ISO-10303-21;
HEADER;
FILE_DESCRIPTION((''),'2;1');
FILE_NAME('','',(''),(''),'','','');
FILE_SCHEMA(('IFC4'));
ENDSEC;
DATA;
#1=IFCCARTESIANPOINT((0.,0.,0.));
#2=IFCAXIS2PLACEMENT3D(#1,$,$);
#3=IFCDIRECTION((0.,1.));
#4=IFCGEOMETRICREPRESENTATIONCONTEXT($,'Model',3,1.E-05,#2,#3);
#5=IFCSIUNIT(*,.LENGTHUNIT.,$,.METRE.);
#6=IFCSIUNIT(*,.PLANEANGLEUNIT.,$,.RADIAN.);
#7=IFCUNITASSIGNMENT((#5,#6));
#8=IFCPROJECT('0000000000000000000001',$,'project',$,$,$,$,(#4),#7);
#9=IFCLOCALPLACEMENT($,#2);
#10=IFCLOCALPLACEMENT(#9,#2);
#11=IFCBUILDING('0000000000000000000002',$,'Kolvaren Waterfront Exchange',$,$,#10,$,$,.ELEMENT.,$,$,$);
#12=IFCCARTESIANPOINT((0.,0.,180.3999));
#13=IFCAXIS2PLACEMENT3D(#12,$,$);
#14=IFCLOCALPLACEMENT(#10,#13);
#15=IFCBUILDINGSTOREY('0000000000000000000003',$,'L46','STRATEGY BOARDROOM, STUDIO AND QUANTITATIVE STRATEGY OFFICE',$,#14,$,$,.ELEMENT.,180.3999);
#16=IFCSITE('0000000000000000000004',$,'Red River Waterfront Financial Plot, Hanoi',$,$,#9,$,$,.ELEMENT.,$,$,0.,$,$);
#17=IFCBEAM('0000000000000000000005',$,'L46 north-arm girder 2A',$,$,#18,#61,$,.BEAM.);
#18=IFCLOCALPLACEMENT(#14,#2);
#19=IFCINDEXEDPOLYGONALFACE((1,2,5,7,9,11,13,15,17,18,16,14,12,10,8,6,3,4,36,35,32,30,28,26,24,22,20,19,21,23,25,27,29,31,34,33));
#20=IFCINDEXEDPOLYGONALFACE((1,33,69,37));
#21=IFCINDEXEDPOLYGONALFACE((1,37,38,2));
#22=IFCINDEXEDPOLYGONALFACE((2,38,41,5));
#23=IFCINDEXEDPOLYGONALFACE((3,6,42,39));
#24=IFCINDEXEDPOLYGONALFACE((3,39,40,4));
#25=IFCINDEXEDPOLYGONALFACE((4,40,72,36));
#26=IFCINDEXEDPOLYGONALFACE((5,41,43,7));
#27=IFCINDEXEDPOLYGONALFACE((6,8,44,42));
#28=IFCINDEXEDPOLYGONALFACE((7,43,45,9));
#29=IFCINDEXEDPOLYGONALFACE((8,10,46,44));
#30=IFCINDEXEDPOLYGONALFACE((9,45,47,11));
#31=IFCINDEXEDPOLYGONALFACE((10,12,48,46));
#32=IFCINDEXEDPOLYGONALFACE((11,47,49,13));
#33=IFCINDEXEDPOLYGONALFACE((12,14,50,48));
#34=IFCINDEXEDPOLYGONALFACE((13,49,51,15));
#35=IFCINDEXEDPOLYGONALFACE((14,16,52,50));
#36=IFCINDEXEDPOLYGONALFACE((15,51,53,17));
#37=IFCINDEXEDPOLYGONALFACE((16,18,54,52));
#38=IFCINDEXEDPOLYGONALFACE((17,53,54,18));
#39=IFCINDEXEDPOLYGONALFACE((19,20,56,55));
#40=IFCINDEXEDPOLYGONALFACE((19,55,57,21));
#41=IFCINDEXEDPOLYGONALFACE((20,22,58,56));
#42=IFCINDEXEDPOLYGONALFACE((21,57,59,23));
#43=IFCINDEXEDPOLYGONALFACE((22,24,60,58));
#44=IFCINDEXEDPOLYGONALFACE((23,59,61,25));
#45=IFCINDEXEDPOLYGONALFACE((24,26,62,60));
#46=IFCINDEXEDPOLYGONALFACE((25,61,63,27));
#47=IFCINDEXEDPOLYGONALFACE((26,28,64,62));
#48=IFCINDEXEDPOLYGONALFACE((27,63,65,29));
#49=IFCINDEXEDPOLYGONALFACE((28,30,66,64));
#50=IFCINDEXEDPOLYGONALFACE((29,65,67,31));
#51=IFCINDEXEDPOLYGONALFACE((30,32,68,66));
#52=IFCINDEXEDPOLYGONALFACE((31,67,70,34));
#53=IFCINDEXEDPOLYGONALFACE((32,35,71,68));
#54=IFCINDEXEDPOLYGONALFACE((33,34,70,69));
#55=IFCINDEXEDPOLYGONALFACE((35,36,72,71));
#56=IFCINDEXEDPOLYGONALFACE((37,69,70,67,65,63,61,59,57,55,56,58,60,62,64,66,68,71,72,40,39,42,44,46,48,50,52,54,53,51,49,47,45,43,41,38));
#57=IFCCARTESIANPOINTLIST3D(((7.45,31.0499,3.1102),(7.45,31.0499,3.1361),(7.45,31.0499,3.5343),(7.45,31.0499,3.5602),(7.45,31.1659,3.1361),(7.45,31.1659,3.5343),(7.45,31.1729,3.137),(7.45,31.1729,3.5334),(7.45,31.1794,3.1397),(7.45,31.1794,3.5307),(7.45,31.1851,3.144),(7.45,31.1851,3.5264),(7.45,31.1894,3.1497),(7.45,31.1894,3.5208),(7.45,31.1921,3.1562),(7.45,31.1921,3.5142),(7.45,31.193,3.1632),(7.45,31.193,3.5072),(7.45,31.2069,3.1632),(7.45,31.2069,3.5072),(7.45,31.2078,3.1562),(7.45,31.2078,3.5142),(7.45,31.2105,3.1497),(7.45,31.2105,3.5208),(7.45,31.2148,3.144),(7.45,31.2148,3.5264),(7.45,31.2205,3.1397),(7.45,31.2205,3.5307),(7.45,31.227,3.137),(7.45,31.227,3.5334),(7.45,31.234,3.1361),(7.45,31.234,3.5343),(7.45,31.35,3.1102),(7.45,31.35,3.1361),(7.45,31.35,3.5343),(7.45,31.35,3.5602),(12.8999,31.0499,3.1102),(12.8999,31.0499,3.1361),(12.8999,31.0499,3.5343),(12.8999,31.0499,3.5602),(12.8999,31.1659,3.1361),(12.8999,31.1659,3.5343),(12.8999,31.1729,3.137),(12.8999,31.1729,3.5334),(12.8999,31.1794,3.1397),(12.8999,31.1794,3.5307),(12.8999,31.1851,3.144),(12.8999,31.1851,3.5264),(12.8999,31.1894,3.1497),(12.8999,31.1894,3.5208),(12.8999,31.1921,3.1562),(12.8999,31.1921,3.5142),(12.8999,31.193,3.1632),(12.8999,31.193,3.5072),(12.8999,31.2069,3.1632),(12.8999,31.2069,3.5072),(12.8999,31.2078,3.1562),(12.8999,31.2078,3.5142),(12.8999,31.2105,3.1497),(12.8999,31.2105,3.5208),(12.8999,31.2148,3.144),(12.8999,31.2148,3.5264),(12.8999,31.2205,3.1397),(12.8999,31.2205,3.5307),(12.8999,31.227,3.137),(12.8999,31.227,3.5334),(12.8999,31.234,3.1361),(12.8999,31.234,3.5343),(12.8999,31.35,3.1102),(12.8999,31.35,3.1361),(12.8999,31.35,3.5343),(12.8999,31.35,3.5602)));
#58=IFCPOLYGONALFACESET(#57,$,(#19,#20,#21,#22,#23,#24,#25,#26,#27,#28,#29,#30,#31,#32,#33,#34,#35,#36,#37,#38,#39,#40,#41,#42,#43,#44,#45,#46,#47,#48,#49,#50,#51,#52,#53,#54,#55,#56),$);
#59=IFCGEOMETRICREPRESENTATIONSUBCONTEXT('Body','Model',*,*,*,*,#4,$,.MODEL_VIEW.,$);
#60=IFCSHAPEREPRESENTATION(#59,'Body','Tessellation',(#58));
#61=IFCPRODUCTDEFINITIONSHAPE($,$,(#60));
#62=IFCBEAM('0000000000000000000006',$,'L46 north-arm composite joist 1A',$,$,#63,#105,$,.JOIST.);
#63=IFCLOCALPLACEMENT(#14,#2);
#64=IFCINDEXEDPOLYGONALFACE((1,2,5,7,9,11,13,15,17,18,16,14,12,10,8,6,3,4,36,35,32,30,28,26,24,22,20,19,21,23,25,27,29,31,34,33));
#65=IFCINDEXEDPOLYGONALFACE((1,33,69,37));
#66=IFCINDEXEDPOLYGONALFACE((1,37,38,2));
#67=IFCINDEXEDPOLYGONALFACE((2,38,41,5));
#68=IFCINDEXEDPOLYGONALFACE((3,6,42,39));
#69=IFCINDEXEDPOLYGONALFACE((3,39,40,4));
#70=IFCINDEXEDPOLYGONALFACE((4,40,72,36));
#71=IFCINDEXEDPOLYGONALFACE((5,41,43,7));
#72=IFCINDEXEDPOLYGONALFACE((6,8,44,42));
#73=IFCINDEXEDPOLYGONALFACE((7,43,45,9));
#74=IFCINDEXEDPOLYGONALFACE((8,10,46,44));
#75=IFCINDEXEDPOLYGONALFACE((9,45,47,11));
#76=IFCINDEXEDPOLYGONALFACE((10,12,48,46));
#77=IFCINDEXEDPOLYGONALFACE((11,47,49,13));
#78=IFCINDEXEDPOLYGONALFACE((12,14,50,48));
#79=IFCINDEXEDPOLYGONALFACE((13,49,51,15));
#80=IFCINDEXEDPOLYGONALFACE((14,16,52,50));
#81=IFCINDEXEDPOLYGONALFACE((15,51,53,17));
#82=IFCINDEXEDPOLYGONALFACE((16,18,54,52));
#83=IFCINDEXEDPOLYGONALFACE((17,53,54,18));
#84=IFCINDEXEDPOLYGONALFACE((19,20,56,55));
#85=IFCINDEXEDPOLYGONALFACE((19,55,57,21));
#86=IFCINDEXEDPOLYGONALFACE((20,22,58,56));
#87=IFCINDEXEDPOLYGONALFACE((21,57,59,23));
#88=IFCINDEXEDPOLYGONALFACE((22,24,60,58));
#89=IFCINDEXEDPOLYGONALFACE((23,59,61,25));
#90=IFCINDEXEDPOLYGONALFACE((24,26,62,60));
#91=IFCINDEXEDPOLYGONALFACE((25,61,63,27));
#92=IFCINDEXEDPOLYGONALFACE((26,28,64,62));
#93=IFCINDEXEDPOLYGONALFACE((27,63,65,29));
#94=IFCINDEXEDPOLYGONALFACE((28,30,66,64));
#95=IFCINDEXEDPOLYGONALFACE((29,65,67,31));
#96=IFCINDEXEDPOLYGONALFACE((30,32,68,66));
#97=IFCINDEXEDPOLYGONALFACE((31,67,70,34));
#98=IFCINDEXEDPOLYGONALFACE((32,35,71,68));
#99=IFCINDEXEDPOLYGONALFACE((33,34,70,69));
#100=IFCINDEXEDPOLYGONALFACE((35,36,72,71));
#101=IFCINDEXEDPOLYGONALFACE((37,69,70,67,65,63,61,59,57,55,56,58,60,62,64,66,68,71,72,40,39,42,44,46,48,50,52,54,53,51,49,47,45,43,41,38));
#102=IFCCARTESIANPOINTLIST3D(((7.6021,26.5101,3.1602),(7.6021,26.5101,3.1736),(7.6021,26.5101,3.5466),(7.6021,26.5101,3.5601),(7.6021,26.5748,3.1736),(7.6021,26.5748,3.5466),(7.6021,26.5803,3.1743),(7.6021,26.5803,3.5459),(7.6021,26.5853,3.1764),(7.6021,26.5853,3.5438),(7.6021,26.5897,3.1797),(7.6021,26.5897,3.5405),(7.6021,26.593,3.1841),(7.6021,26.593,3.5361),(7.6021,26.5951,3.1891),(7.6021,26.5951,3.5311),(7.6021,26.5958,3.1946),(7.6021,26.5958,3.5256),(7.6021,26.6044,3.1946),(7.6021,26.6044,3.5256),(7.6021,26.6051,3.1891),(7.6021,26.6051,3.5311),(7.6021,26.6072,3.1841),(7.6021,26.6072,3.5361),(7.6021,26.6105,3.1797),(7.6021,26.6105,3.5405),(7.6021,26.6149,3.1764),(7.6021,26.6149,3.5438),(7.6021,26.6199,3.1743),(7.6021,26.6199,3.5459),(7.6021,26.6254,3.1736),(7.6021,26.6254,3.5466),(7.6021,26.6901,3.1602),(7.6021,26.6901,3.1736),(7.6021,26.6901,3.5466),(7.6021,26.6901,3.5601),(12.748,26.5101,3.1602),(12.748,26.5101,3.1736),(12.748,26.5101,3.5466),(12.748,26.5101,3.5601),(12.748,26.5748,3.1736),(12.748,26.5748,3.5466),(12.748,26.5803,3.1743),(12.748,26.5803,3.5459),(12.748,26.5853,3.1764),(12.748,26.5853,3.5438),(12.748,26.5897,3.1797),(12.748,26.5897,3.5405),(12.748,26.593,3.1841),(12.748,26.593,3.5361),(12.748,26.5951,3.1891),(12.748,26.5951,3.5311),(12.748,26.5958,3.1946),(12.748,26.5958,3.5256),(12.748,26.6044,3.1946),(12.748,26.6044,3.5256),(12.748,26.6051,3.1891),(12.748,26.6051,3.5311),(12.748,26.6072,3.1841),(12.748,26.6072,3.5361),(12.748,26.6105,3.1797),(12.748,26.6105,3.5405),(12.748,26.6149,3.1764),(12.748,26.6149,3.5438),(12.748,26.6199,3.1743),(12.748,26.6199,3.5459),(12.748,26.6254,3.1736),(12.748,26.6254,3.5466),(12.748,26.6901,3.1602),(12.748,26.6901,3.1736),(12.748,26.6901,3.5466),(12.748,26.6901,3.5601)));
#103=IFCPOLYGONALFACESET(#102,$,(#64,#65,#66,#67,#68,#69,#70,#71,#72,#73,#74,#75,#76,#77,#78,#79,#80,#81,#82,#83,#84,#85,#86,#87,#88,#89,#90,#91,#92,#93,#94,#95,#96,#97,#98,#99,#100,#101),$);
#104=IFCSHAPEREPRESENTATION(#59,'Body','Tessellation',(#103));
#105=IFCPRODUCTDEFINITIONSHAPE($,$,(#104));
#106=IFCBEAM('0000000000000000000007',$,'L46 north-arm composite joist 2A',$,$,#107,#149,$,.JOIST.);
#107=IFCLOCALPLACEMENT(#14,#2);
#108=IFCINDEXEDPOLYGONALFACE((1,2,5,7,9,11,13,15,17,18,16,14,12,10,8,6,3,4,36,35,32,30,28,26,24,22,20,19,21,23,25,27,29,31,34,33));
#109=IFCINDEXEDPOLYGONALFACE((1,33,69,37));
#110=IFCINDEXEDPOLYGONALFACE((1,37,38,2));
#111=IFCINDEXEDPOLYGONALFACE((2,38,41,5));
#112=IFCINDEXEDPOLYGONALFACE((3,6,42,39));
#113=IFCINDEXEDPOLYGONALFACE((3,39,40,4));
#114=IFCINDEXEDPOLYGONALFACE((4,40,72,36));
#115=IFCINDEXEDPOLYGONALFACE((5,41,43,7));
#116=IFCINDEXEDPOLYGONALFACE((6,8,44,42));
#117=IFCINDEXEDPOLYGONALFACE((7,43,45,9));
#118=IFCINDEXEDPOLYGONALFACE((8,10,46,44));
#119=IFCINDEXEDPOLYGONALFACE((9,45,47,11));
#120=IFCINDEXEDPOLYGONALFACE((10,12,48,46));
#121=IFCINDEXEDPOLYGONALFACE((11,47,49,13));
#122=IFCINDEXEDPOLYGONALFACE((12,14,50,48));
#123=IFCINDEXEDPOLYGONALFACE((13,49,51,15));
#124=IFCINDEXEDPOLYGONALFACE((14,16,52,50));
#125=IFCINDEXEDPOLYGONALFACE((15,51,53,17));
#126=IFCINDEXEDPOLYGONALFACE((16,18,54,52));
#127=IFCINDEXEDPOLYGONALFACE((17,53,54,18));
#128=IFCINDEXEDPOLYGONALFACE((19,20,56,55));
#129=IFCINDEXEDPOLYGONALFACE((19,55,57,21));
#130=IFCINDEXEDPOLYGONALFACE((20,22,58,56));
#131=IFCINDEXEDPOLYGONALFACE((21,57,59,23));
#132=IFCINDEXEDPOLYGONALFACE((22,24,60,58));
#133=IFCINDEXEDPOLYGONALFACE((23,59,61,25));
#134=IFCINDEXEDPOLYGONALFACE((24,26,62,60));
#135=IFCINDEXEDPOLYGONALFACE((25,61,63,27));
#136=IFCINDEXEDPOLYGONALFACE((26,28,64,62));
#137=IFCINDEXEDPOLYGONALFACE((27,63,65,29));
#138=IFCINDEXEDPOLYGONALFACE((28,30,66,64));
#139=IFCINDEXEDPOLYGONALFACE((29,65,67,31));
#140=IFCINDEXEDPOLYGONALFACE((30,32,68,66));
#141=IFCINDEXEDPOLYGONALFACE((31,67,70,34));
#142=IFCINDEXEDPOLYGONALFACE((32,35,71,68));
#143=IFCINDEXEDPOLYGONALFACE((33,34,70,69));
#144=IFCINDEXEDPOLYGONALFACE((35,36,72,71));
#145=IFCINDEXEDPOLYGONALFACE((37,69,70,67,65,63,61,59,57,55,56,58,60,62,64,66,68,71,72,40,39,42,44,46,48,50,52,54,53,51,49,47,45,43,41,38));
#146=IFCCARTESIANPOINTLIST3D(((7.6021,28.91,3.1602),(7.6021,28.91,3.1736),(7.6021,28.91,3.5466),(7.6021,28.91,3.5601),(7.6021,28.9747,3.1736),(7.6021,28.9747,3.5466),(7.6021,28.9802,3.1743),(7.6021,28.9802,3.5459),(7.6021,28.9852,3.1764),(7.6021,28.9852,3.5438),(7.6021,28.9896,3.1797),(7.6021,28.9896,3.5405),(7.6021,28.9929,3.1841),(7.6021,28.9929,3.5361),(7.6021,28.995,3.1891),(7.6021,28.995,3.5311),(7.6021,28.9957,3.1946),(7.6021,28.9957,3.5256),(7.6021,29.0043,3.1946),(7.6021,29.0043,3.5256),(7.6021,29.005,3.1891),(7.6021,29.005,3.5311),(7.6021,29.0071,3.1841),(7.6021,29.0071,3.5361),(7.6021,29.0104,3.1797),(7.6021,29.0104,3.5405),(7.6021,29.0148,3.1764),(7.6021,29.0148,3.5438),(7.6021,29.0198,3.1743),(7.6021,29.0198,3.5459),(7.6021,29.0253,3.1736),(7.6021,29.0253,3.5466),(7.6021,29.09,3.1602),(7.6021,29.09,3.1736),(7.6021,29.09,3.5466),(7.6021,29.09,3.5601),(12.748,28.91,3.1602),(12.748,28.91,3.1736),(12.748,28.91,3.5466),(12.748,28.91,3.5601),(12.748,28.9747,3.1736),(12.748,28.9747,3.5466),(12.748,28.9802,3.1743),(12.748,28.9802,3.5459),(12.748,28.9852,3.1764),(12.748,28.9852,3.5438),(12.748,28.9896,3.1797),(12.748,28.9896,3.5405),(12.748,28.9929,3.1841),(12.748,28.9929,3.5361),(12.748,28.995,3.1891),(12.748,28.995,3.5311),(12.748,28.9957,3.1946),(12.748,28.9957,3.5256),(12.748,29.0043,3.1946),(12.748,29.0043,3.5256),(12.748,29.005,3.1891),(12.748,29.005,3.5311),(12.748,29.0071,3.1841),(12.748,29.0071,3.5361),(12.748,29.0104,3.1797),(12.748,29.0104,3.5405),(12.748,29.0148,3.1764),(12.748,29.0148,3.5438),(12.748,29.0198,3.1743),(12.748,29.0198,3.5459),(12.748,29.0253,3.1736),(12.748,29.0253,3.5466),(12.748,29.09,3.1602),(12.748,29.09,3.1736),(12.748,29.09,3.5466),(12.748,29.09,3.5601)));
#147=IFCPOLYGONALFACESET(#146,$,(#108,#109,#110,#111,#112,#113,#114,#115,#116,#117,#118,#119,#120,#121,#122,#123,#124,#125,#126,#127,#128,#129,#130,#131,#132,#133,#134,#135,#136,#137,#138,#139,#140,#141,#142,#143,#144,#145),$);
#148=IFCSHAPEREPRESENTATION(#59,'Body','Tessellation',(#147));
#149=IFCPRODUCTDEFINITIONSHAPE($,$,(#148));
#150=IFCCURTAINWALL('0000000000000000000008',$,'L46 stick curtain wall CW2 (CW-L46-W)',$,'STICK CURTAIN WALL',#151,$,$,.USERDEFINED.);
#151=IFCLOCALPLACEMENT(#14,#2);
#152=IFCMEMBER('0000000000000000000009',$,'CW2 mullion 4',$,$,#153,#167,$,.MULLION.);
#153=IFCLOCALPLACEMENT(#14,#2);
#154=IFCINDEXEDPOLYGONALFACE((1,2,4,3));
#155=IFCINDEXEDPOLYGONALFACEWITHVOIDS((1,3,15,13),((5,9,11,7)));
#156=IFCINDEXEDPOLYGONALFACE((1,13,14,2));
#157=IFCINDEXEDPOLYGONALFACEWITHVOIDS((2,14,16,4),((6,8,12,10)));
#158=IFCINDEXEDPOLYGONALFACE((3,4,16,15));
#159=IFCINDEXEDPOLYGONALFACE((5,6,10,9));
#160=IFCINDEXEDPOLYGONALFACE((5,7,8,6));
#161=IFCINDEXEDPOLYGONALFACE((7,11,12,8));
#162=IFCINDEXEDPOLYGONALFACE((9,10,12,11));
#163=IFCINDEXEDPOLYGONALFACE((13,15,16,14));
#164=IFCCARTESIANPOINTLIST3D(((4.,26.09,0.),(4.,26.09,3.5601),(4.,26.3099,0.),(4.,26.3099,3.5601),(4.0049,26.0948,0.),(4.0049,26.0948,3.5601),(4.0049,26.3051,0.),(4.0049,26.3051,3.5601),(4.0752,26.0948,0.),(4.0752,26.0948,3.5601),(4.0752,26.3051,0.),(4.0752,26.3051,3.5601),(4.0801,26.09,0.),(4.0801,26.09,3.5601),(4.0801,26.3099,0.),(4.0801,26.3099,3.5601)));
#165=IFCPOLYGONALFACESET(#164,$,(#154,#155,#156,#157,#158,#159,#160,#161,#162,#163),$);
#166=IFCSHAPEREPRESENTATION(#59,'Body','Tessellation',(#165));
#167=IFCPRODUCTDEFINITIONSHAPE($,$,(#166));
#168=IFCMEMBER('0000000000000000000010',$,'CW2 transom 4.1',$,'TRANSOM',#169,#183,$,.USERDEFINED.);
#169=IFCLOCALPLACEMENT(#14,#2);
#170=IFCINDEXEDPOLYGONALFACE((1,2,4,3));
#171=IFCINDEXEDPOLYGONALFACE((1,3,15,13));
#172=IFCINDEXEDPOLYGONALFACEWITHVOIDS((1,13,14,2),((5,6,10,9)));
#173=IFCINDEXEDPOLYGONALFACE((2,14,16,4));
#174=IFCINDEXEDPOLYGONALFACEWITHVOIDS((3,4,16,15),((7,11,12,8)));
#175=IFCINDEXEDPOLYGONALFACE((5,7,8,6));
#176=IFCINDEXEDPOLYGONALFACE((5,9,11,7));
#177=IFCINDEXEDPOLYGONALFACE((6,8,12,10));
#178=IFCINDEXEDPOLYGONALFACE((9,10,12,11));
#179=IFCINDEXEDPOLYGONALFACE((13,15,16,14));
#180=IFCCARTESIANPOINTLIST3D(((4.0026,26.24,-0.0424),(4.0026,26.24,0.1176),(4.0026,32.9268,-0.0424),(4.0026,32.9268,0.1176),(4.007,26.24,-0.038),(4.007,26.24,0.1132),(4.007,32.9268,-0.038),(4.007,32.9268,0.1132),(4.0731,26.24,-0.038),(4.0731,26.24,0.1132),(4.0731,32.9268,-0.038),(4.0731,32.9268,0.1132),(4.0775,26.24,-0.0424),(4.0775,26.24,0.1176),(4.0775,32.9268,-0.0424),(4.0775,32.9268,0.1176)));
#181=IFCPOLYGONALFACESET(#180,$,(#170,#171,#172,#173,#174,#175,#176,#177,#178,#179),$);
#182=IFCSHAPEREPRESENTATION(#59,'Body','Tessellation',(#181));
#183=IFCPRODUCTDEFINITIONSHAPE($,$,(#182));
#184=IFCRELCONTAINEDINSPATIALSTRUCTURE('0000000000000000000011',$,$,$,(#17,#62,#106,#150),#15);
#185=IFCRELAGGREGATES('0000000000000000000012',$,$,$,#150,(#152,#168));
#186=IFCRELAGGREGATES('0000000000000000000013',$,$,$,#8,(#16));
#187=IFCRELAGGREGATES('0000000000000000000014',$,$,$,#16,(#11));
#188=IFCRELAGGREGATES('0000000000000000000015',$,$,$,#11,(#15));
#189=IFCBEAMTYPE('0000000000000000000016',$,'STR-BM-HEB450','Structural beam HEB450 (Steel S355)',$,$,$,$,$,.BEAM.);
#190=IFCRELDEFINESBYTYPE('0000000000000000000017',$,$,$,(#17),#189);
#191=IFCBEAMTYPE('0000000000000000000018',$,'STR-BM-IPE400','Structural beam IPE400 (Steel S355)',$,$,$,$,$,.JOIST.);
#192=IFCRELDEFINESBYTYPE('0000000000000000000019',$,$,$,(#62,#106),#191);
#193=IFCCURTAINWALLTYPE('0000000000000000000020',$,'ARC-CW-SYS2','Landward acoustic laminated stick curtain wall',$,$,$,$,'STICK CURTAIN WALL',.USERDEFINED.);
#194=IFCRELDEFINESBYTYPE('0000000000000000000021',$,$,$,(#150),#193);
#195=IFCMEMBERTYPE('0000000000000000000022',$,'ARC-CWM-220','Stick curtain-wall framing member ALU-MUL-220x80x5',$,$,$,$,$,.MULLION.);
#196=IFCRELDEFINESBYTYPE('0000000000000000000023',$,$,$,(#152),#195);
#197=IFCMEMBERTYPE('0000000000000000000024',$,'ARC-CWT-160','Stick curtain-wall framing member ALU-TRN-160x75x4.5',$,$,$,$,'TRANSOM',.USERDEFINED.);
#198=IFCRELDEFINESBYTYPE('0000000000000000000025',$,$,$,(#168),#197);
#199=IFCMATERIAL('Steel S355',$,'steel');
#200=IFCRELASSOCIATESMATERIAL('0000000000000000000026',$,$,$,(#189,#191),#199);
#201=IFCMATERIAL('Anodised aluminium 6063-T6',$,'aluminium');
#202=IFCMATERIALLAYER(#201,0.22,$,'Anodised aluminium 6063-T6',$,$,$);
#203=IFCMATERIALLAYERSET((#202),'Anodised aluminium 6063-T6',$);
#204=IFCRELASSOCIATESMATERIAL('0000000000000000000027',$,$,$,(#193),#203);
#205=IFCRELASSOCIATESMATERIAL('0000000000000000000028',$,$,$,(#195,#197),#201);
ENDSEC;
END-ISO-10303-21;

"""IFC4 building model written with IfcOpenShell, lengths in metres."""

from ifc_helpers import new_model, si_unit, direction, frame, origin, origin_with_axes, origin_2d, place, context, subcontext, project, spatial, hollow_rectangle, i_section, extrude, source, transform, mapped, material, layer, layer_set, material_profile, profile_set, type_object, element, aggregate, save


model = new_model("IFC4")

# Units and contexts
model_context = context("Model", 3, precision=1e-05, world=origin(), true_north=direction((0.0, 1.0)))
body_context = subcontext(model_context, "Body", "Model", "MODEL_VIEW")
ifc_project = project(units=[si_unit("LENGTHUNIT", "METRE"), si_unit("PLANEANGLEUNIT", "RADIAN")], contexts=[model_context])

# Site, building, storey
site_placement = place(None, origin())
site = spatial("IfcSite", under=ifc_project, at=site_placement, Name="Red River Waterfront Financial Plot, Hanoi", CompositionType="ELEMENT", RefElevation=0.0)
building_placement = place(site_placement, origin())
building = spatial("IfcBuilding", under=site, at=building_placement, Name="Kolvaren Waterfront Exchange", CompositionType="ELEMENT")
storey_placement = place(building_placement, frame((0.0, 0.0, 180.3999)))
storey = spatial("IfcBuildingStorey", under=building, at=storey_placement, Name="L46", Description="STRATEGY BOARDROOM, STUDIO AND QUANTITATIVE STRATEGY OFFICE", CompositionType="ELEMENT", Elevation=180.3999)

# Beams
ifc_material_1 = material(Name="Steel S355", Category="steel")
ifc_material_profile_1 = material_profile(ifc_material_1, i_section(OverallWidth=0.3, OverallDepth=0.45, WebThickness=0.0139, FlangeThickness=0.0259, FilletRadius=0.0271, at=origin_2d()), Name="HEB450")
ifc_profile_set_1 = profile_set([ifc_material_profile_1], Name="Steel S355")
beam_type_1 = type_object("IfcBeamType", Name="STR-BM-HEB450", Description="Structural beam HEB450 (Steel S355)", PredefinedType="BEAM", material=ifc_profile_set_1)
for number, where, z_axis, x_axis, name in (
    (1, (7.45, 31.2, 3.3352), (1.0, 0.0, 0.0), (0.0, 1.0, 0.0), "L46 north-arm girder 2A"),
):
    element("IfcBeam", number, at=place(storey_placement, frame(where, z_axis=z_axis, x_axis=x_axis)), inside=storey, type_object=beam_type_1, Name=name, PredefinedType="BEAM", context=body_context, shape_type="SweptSolid", body=[
        extrude(i_section(OverallWidth=0.3, OverallDepth=0.45, WebThickness=0.0139, FlangeThickness=0.0259, FilletRadius=0.0271, at=origin_2d()), origin(), (0.0, 0.0, 1.0), 5.45),
    ])
ifc_material_profile_2 = material_profile(ifc_material_1, i_section(OverallWidth=0.1799, OverallDepth=0.3999, WebThickness=0.0085, FlangeThickness=0.0134, FilletRadius=0.021, at=origin_2d()), Name="IPE400")
ifc_profile_set_2 = profile_set([ifc_material_profile_2], Name="Steel S355")
beam_type_2 = type_object("IfcBeamType", Name="STR-BM-IPE400", Description="Structural beam IPE400 (Steel S355)", PredefinedType="JOIST", material=ifc_profile_set_2)
for number, where, z_axis, x_axis, name in (
    (2, (7.6021, 26.6001, 3.3601), (1.0, 0.0, 0.0), (0.0, 1.0, 0.0), "L46 north-arm composite joist 1A"),
    (3, (7.6021, 29.0, 3.3601), (1.0, 0.0, 0.0), (0.0, 1.0, 0.0), "L46 north-arm composite joist 2A"),
):
    element("IfcBeam", number, at=place(storey_placement, frame(where, z_axis=z_axis, x_axis=x_axis)), inside=storey, type_object=beam_type_2, Name=name, PredefinedType="JOIST", context=body_context, shape_type="SweptSolid", body=[
        extrude(i_section(OverallWidth=0.1799, OverallDepth=0.3999, WebThickness=0.0085, FlangeThickness=0.0134, FilletRadius=0.021, at=origin_2d()), origin(), (0.0, 0.0, 1.0), 5.146),
    ])

# Curtain wall, members
ifc_material_2 = material(Name="Anodised aluminium 6063-T6", Category="aluminium")
ifc_layer_1 = layer(ifc_material_2, 0.22, Name="Anodised aluminium 6063-T6")
ifc_layer_set_1 = layer_set([ifc_layer_1], Name="Anodised aluminium 6063-T6")
curtain_wall_type = type_object("IfcCurtainWallType", Name="ARC-CW-SYS2", Description="Landward acoustic laminated stick curtain wall", ElementType="STICK CURTAIN WALL", PredefinedType="USERDEFINED", material=ifc_layer_set_1)
curtain_wall_placement = place(storey_placement, origin())
curtain_wall = element("IfcCurtainWall", 4, at=curtain_wall_placement, inside=storey, type_object=curtain_wall_type, Name="L46 stick curtain wall CW2 (CW-L46-W)", ObjectType="STICK CURTAIN WALL", PredefinedType="USERDEFINED")
ifc_material_profile_3 = material_profile(ifc_material_2, hollow_rectangle(XDim=0.0801, YDim=0.22, WallThickness=0.0049, at=origin_2d()), Name="ALU-MUL-220x80x5")
ifc_profile_set_3 = profile_set([ifc_material_profile_3], Name="Anodised aluminium 6063-T6")
member_type_1 = type_object("IfcMemberType", Name="ARC-CWM-220", Description="Stick curtain-wall framing member ALU-MUL-220x80x5", PredefinedType="MULLION", material=ifc_profile_set_3)
shared_shape_1 = source(origin_with_axes(), body_context, "Body", "SweptSolid", [
    extrude(hollow_rectangle(XDim=0.0801, YDim=0.22, WallThickness=0.0049, at=origin_2d()), origin(), (0.0, 0.0, 1.0), 3.5601),
])
member_1_placement = place(storey_placement, frame((4.04, 26.2, 0.0), z_axis=(0.0, 0.0, 1.0), x_axis=(-1.0, 0.0, 0.0)))
member_1 = element("IfcMember", 5, at=member_1_placement, type_object=member_type_1, Name="CW2 mullion 4", PredefinedType="MULLION", context=body_context, shape_type="MappedRepresentation", body=[
    mapped(shared_shape_1, transform((0.0, 0.0, 0.0), x_axis=(1.0, 0.0, 0.0), y_axis=(0.0, 1.0, 0.0), z_axis=(0.0, 0.0, 1.0), scale=1.0)),
])
ifc_material_profile_4 = material_profile(ifc_material_2, hollow_rectangle(XDim=0.075, YDim=0.1599, WallThickness=0.0044, at=origin_2d()), Name="ALU-TRN-160x75x4.5")
ifc_profile_set_4 = profile_set([ifc_material_profile_4], Name="Anodised aluminium 6063-T6")
member_type_2 = type_object("IfcMemberType", Name="ARC-CWT-160", Description="Stick curtain-wall framing member ALU-TRN-160x75x4.5", ElementType="TRANSOM", PredefinedType="USERDEFINED", material=ifc_profile_set_4)
shared_shape_2 = source(origin_with_axes(), body_context, "Body", "SweptSolid", [
    extrude(hollow_rectangle(XDim=0.075, YDim=0.1599, WallThickness=0.0044, at=origin_2d()), origin(), (0.0, 0.0, 1.0), 6.6868),
])
member_2_placement = place(storey_placement, frame((4.04, 26.24, 0.0376), z_axis=(0.0, 1.0, 0.0), x_axis=(-1.0, 0.0, 0.0)))
member_2 = element("IfcMember", 6, at=member_2_placement, type_object=member_type_2, Name="CW2 transom 4.1", ObjectType="TRANSOM", PredefinedType="USERDEFINED", context=body_context, shape_type="MappedRepresentation", body=[
    mapped(shared_shape_2, transform((0.0, 0.0, 0.0), x_axis=(1.0, 0.0, 0.0), y_axis=(0.0, 1.0, 0.0), z_axis=(0.0, 0.0, 1.0), scale=1.0)),
])
aggregate(curtain_wall, [member_1, member_2])

save(model, "model.ifc")
